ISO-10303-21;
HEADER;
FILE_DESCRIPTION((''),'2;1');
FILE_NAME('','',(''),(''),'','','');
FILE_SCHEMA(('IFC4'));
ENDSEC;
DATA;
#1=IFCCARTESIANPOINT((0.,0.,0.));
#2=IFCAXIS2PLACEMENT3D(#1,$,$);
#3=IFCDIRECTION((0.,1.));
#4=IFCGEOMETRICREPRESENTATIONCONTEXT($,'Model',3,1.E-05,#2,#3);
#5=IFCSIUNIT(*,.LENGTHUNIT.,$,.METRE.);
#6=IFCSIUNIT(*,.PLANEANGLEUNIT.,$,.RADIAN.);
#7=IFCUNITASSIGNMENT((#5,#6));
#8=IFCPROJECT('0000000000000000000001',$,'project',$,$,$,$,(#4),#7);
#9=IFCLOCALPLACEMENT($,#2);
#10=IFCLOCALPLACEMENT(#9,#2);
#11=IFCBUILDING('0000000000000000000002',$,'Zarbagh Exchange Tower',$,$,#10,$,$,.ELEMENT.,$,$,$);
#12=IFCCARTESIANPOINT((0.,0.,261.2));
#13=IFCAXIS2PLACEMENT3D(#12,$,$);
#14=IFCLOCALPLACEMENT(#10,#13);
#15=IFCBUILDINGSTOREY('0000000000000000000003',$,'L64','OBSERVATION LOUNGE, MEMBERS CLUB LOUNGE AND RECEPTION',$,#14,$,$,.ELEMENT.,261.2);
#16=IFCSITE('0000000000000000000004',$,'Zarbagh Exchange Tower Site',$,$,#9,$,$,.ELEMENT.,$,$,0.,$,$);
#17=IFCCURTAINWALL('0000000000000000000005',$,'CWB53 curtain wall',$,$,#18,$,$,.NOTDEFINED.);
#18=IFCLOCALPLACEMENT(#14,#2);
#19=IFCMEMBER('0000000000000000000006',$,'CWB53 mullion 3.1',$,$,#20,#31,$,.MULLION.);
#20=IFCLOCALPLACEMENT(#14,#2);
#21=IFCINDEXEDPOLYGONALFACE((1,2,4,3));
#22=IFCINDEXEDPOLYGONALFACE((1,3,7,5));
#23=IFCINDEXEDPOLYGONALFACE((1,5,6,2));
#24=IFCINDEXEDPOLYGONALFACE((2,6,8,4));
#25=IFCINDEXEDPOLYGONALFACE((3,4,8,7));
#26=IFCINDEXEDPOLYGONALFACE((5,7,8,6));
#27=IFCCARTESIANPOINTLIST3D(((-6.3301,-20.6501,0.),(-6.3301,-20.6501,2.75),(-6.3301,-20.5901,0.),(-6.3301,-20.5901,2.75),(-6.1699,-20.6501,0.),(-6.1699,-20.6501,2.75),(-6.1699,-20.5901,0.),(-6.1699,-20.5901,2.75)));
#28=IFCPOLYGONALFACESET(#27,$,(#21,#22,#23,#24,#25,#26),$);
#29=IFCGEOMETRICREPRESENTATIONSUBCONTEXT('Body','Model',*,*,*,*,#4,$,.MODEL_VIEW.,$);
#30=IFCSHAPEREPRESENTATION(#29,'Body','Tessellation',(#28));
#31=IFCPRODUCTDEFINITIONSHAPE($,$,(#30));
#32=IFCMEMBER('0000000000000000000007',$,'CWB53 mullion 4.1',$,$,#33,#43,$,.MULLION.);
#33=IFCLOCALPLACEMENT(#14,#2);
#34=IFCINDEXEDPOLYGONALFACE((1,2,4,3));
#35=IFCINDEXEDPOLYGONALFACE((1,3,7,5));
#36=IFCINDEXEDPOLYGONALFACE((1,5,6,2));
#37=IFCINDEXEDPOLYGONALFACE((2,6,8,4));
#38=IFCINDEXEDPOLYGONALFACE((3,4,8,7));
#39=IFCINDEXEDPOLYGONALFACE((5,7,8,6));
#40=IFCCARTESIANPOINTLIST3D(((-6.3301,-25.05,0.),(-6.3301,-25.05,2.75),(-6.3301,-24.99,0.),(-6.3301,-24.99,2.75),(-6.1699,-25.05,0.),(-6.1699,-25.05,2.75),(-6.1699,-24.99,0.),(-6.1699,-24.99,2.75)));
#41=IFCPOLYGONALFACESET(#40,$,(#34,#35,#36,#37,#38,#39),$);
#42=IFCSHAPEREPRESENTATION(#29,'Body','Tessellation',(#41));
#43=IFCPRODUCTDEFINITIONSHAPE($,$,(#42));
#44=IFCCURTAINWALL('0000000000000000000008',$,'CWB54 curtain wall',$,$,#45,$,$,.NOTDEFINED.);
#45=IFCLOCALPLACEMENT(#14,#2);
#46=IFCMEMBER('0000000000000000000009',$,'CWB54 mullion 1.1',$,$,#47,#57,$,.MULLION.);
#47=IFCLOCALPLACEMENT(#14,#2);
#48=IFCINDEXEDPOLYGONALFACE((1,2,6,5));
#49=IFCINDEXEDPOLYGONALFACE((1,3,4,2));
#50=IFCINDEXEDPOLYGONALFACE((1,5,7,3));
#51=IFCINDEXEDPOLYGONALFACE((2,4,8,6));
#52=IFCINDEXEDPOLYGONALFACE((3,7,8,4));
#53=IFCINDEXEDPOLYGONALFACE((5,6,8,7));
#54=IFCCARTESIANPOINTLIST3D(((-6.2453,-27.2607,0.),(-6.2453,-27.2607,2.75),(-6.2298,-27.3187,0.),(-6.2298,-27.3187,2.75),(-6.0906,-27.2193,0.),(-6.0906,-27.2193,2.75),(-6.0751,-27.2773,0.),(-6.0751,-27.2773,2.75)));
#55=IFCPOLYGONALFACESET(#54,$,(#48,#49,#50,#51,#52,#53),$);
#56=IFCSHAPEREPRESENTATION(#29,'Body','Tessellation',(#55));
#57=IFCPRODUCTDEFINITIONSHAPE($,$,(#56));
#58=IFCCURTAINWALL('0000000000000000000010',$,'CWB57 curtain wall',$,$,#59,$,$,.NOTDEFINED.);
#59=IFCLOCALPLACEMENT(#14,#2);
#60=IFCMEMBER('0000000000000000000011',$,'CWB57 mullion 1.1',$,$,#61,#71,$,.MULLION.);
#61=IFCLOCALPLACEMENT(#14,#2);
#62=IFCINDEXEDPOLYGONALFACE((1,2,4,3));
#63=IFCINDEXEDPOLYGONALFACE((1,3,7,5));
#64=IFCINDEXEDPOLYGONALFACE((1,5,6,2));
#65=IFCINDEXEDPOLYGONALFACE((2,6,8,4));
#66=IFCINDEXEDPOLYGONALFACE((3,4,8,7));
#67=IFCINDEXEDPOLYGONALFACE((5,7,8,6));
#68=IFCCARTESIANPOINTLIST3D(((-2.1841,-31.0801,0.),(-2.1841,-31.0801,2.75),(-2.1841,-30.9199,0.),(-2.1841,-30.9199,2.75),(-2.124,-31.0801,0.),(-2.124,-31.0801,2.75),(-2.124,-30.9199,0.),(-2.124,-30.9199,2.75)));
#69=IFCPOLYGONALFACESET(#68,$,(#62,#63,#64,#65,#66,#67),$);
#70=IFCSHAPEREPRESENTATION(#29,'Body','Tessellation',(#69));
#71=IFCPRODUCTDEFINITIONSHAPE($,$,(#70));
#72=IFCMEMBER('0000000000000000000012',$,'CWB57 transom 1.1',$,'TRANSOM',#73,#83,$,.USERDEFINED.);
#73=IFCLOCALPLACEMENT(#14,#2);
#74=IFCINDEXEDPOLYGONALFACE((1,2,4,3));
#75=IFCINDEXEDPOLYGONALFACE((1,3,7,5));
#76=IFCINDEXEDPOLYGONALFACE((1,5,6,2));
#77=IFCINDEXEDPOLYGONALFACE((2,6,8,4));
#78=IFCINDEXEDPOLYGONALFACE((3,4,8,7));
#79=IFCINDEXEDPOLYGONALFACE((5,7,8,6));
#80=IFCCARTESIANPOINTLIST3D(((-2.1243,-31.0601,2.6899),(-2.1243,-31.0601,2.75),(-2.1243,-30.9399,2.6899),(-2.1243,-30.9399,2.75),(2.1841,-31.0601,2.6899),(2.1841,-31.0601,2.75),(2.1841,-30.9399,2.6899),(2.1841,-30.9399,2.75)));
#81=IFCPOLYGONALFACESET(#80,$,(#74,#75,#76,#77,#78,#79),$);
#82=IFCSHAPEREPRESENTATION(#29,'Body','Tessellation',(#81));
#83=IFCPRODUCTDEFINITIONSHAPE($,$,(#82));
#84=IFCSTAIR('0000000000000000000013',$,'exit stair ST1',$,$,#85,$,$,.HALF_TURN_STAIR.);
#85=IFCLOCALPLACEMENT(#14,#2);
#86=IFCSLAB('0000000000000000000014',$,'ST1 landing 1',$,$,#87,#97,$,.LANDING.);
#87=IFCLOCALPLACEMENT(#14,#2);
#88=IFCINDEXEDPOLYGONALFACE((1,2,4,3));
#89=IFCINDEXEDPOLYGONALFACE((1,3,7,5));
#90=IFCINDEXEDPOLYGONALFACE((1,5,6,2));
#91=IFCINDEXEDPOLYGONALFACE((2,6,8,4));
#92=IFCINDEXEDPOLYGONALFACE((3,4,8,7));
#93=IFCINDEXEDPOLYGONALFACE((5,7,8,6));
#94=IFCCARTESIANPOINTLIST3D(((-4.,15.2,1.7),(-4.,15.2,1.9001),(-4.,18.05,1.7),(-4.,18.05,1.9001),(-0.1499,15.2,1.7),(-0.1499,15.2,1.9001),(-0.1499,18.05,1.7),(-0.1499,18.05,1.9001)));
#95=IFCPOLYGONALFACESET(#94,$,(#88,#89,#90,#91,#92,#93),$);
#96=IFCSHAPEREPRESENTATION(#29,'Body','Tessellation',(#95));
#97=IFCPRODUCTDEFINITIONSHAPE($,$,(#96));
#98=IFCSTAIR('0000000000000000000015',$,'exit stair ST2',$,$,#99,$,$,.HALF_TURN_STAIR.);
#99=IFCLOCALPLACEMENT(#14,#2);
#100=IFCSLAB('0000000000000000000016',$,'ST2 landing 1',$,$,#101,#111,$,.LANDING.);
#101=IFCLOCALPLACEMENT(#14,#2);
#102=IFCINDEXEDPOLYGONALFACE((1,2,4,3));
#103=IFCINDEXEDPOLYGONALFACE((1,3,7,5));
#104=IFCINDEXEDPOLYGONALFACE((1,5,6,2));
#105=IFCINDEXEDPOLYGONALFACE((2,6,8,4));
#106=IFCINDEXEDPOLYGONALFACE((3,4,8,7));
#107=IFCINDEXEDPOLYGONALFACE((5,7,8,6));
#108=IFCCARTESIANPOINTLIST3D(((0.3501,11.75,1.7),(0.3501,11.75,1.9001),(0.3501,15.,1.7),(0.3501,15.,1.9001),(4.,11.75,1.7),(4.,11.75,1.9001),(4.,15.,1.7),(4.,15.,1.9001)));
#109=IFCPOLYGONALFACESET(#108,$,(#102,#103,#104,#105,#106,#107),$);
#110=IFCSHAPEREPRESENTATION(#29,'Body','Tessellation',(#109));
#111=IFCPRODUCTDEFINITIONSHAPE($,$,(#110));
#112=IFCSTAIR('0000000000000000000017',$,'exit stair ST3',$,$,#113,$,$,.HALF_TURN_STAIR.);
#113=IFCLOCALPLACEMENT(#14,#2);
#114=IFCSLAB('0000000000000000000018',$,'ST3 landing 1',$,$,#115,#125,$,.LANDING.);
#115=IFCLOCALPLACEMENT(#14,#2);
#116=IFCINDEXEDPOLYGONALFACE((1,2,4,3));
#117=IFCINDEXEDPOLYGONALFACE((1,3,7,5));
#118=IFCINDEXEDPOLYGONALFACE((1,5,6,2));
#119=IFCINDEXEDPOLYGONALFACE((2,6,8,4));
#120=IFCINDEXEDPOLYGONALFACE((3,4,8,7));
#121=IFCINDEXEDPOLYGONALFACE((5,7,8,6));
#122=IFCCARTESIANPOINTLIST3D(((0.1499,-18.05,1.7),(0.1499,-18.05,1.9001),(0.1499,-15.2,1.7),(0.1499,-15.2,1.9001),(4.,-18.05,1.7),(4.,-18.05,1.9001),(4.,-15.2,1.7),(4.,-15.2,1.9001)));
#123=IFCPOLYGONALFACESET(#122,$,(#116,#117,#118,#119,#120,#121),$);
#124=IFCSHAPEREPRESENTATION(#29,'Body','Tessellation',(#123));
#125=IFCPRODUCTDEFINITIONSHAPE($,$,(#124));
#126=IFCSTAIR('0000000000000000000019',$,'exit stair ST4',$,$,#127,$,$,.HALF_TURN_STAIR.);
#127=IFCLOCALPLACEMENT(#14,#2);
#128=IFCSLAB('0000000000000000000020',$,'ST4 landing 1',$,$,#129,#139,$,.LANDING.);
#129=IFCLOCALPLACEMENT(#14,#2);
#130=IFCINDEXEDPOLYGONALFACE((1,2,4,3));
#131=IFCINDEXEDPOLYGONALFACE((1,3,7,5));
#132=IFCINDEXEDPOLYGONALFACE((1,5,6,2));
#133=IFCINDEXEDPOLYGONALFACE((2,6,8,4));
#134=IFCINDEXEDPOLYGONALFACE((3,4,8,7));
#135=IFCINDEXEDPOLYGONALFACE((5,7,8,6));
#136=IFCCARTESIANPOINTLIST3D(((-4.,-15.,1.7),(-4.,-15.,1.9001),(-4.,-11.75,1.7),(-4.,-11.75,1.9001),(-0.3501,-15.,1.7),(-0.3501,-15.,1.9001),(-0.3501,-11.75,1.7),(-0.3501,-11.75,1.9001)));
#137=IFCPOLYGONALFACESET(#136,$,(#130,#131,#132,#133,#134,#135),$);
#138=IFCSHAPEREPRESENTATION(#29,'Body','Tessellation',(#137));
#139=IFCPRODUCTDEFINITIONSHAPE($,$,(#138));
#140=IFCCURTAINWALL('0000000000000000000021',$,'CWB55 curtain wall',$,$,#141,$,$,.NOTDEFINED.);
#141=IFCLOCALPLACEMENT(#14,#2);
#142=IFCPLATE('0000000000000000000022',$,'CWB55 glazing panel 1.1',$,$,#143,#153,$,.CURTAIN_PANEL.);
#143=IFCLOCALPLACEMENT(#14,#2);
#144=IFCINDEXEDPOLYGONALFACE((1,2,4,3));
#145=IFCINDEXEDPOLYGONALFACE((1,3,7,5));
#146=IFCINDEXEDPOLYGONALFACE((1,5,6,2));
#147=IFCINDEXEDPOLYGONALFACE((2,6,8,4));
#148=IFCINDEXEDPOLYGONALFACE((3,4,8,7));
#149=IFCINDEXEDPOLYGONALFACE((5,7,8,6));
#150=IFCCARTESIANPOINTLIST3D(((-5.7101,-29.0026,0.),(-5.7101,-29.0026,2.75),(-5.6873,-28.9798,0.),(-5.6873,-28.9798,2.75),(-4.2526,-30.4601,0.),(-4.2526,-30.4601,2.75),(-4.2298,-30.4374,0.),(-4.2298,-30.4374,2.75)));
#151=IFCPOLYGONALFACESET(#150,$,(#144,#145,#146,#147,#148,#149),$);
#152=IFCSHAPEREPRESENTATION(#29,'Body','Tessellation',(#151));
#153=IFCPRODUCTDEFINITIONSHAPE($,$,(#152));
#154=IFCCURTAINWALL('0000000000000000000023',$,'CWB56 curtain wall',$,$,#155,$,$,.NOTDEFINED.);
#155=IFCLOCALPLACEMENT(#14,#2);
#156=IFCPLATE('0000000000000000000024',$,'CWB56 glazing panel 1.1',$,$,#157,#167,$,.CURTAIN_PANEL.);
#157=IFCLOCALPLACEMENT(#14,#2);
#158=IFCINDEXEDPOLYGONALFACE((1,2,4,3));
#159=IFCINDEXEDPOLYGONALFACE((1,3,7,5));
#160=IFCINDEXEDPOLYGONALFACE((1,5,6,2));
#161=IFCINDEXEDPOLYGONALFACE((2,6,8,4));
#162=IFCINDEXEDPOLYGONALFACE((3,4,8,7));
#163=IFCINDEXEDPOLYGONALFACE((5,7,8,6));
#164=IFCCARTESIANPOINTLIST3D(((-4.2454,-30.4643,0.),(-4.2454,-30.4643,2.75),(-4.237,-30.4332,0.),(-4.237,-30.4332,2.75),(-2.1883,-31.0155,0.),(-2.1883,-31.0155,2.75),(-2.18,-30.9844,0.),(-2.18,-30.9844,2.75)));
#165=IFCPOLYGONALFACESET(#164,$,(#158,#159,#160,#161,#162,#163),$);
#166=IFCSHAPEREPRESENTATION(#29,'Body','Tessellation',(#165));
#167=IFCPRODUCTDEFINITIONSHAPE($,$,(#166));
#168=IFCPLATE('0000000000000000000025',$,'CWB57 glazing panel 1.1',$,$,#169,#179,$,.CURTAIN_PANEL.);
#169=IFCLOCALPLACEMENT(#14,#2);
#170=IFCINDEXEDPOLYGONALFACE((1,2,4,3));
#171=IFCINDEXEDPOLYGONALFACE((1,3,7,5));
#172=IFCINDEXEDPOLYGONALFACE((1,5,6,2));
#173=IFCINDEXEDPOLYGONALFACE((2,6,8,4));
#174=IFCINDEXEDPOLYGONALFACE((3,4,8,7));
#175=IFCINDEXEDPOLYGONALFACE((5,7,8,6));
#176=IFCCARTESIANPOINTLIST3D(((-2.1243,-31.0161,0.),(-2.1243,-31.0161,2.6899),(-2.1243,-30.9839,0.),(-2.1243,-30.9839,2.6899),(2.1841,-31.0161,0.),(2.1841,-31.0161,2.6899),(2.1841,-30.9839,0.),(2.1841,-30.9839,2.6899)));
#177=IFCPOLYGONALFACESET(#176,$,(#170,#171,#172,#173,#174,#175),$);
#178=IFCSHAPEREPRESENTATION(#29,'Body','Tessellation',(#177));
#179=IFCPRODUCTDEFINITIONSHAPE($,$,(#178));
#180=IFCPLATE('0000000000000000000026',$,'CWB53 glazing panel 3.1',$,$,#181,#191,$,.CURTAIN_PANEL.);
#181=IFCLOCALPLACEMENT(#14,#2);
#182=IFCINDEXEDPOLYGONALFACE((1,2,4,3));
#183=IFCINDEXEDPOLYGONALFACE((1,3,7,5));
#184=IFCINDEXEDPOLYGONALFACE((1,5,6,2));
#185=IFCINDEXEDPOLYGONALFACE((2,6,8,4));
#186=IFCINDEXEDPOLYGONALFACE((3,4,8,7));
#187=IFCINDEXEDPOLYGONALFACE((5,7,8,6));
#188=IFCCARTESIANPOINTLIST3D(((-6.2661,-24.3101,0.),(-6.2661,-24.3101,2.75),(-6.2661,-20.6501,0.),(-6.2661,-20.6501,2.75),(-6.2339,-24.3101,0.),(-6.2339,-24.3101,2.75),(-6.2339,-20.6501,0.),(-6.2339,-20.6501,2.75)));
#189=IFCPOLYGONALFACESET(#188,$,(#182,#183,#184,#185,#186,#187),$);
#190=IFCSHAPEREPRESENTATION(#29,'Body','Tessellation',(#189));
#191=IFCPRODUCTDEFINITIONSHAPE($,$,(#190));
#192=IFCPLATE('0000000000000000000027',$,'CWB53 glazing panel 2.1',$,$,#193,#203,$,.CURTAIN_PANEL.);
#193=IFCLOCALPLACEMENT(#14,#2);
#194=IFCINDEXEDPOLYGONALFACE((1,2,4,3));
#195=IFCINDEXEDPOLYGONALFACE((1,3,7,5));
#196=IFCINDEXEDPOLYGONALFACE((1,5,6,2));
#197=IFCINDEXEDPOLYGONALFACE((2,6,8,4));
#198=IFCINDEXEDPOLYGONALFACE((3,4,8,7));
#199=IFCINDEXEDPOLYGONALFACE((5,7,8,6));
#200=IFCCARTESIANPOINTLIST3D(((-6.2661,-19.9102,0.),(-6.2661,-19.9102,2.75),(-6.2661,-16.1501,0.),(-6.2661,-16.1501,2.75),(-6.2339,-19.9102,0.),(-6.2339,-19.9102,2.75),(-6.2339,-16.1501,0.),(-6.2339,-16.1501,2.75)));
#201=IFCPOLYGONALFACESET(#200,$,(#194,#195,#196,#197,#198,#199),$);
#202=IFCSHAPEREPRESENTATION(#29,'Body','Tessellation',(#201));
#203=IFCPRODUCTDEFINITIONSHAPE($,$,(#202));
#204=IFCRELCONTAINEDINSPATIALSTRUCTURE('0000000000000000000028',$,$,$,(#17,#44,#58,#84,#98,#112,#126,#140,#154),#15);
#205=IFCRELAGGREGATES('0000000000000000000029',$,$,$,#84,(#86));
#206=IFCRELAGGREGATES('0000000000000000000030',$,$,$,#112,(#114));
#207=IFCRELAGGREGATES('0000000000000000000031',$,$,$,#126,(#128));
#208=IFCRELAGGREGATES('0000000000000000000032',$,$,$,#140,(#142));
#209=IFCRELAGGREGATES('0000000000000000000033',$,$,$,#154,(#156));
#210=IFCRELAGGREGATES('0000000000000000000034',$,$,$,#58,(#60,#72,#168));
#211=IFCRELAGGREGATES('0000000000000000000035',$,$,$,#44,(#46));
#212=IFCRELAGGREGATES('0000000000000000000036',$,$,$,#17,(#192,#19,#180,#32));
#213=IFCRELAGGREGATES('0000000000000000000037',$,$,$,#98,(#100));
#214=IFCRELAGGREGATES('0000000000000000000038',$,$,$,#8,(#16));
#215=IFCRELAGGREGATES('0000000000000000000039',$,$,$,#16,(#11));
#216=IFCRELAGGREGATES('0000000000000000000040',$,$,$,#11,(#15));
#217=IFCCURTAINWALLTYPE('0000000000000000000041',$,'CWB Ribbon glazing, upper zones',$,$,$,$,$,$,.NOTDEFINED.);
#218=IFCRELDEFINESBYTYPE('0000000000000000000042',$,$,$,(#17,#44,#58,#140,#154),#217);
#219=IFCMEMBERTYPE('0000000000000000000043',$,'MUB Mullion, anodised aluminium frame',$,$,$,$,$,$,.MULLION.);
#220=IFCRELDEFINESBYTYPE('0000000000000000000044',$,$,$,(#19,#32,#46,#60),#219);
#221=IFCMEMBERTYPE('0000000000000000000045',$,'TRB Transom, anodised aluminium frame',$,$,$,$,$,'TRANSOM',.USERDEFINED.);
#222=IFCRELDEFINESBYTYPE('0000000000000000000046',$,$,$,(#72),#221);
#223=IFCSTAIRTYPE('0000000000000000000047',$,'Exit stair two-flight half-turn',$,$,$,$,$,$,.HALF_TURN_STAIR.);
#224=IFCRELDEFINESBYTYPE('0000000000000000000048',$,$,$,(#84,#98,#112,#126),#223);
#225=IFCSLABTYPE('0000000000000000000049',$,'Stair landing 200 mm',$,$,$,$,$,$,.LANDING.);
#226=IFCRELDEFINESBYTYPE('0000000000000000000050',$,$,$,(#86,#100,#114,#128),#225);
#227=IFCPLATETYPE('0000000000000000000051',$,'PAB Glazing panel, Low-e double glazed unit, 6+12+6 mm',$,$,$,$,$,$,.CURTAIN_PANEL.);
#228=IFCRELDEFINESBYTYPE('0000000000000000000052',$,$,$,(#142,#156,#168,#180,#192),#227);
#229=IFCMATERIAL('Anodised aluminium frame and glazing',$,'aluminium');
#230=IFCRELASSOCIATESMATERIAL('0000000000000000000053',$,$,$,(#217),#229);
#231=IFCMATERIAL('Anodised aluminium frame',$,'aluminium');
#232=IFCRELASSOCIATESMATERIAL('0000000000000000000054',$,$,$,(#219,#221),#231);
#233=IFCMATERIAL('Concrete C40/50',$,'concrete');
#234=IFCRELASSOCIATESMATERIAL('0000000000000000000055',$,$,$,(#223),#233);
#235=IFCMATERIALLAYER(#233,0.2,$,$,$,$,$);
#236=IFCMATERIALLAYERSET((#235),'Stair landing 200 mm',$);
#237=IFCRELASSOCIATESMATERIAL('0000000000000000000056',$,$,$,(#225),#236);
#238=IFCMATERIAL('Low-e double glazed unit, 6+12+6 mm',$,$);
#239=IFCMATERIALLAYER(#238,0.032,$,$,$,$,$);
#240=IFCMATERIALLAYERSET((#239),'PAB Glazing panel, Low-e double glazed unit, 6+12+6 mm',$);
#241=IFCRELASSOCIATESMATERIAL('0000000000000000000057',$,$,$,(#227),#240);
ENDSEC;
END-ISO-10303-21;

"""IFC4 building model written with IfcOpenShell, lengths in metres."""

from ifc_helpers import new_model, si_unit, direction, frame, origin, place, context, subcontext, project, spatial, polyline, outline, extrude, source, transform, mapped, material, layer, layer_set, type_object, element, aggregate, save


model = new_model("IFC4")

# Units and contexts
model_context = context("Model", 3, precision=1e-05, world=origin(), true_north=direction((0.0, 1.0)))
body_context = subcontext(model_context, "Body", "Model", "MODEL_VIEW")
ifc_project = project(units=[si_unit("LENGTHUNIT", "METRE"), si_unit("PLANEANGLEUNIT", "RADIAN")], contexts=[model_context])

# Site, building, storey
site_placement = place(None, origin())
site = spatial("IfcSite", under=ifc_project, at=site_placement, Name="Zarbagh Exchange Tower Site", CompositionType="ELEMENT", RefElevation=0.0)
building_placement = place(site_placement, origin())
building = spatial("IfcBuilding", under=site, at=building_placement, Name="Zarbagh Exchange Tower", CompositionType="ELEMENT")
storey_placement = place(building_placement, frame((0.0, 0.0, 261.2)))
storey = spatial("IfcBuildingStorey", under=building, at=storey_placement, Name="L64", Description="OBSERVATION LOUNGE, MEMBERS CLUB LOUNGE AND RECEPTION", CompositionType="ELEMENT", Elevation=261.2)

# Curtain wall, members
ifc_material_1 = material(Name="Anodised aluminium frame and glazing", Category="aluminium")
curtain_wall_type = type_object("IfcCurtainWallType", Name="CWB Ribbon glazing, upper zones", PredefinedType="NOTDEFINED", material=ifc_material_1)
curtain_wall_1_placement = place(storey_placement, origin())
curtain_wall_1 = element("IfcCurtainWall", 1, at=curtain_wall_1_placement, inside=storey, type_object=curtain_wall_type, Name="CWB53 curtain wall", PredefinedType="NOTDEFINED")
ifc_material_2 = material(Name="Anodised aluminium frame", Category="aluminium")
member_type_1 = type_object("IfcMemberType", Name="MUB Mullion, anodised aluminium frame", PredefinedType="MULLION", material=ifc_material_2)
shared_shape_1 = source(origin(), body_context, "Body", "SweptSolid", [
    extrude(outline(polyline([(0.0, -0.0801), (0.0601, -0.0801), (0.0601, 0.0801), (0.0, 0.0801), (0.0, -0.0801)])), origin(), (0.0, 0.0, 1.0), 2.75),
])
placement = place(storey_placement, origin())
member_1 = element("IfcMember", 2, at=placement, type_object=member_type_1, Name="CWB53 mullion 3.1", PredefinedType="MULLION", context=body_context, shape_type="MappedRepresentation", body=[
    mapped(shared_shape_1, transform((-6.25, -20.5901, 0.0), x_axis=(0.0, -1.0, 0.0), y_axis=(1.0, 0.0, 0.0), z_axis=(0.0, 0.0, 1.0))),
])
member_2 = element("IfcMember", 3, at=placement, type_object=member_type_1, Name="CWB53 mullion 4.1", PredefinedType="MULLION", context=body_context, shape_type="MappedRepresentation", body=[
    mapped(shared_shape_1, transform((-6.25, -24.99, 0.0), x_axis=(0.0, -1.0, 0.0), y_axis=(1.0, 0.0, 0.0), z_axis=(0.0, 0.0, 1.0))),
])

# Curtain wall, member
curtain_wall_2_placement = place(storey_placement, origin())
curtain_wall_2 = element("IfcCurtainWall", 4, at=curtain_wall_2_placement, inside=storey, type_object=curtain_wall_type, Name="CWB54 curtain wall", PredefinedType="NOTDEFINED")
member_3 = element("IfcMember", 5, at=placement, type_object=member_type_1, Name="CWB54 mullion 1.1", PredefinedType="MULLION", context=body_context, shape_type="MappedRepresentation", body=[
    mapped(shared_shape_1, transform((-6.168, -27.24, 0.0), x_axis=(0.258825, -0.965924, 0.0), y_axis=(0.965924, 0.258825, 0.0), z_axis=(0.0, 0.0, 1.0))),
])

# Curtain wall, members
curtain_wall_3_placement = place(storey_placement, origin())
curtain_wall_3 = element("IfcCurtainWall", 6, at=curtain_wall_3_placement, inside=storey, type_object=curtain_wall_type, Name="CWB57 curtain wall", PredefinedType="NOTDEFINED")
member_4 = element("IfcMember", 7, at=placement, type_object=member_type_1, Name="CWB57 mullion 1.1", PredefinedType="MULLION", context=body_context, shape_type="MappedRepresentation", body=[
    mapped(shared_shape_1, transform((-2.1841, -31.0, 0.0), x_axis=(1.0, 0.0, 0.0), y_axis=(0.0, 1.0, 0.0), z_axis=(0.0, 0.0, 1.0))),
])
member_type_2 = type_object("IfcMemberType", Name="TRB Transom, anodised aluminium frame", ElementType="TRANSOM", PredefinedType="USERDEFINED", material=ifc_material_2)
shared_shape_2 = source(origin(), body_context, "Body", "SweptSolid", [
    extrude(outline(polyline([(-0.0601, -0.0601), (0.0, -0.0601), (0.0, 0.0601), (-0.0601, 0.0601), (-0.0601, -0.0601)])), origin(), (0.0, 0.0, 1.0), 4.3083),
])
member_5 = element("IfcMember", 8, at=placement, type_object=member_type_2, Name="CWB57 transom 1.1", ObjectType="TRANSOM", PredefinedType="USERDEFINED", context=body_context, shape_type="MappedRepresentation", body=[
    mapped(shared_shape_2, transform((-2.1243, -31.0, 2.75), x_axis=(0.0, 0.0, 1.0), y_axis=(0.0, -1.0, 0.0), z_axis=(1.0, 0.0, 0.0))),
])

# Stairs, slabs
ifc_material_3 = material(Name="Concrete C40/50", Category="concrete")
stair_type = type_object("IfcStairType", Name="Exit stair two-flight half-turn", PredefinedType="HALF_TURN_STAIR", material=ifc_material_3)
stair_1_placement = place(storey_placement, origin())
stair_1 = element("IfcStair", 9, at=stair_1_placement, inside=storey, type_object=stair_type, Name="exit stair ST1", PredefinedType="HALF_TURN_STAIR")
ifc_layer_1 = layer(ifc_material_3, 0.2)
ifc_layer_set_1 = layer_set([ifc_layer_1], Name="Stair landing 200 mm")
slab_type = type_object("IfcSlabType", Name="Stair landing 200 mm", PredefinedType="LANDING", material=ifc_layer_set_1)
slab_1_placement = place(storey_placement, frame((0.0, 0.0, 1.7)))
slab_1 = element("IfcSlab", 10, at=slab_1_placement, type_object=slab_type, Name="ST1 landing 1", PredefinedType="LANDING", context=body_context, shape_type="SweptSolid", body=[
    extrude(outline(polyline([(-0.1499, 18.05), (-4.0, 18.05), (-4.0, 15.2), (-0.1499, 15.2), (-0.1499, 18.05)])), origin(), (0.0, 0.0, 1.0), 0.2002),
])
aggregate(stair_1, [slab_1])
stair_2_placement = place(storey_placement, origin())
stair_2 = element("IfcStair", 11, at=stair_2_placement, inside=storey, type_object=stair_type, Name="exit stair ST2", PredefinedType="HALF_TURN_STAIR")
slab_2_placement = place(storey_placement, frame((0.0, 0.0, 1.7)))
slab_2 = element("IfcSlab", 12, at=slab_2_placement, type_object=slab_type, Name="ST2 landing 1", PredefinedType="LANDING", context=body_context, shape_type="SweptSolid", body=[
    extrude(outline(polyline([(0.3501, 11.75), (4.0, 11.75), (4.0, 15.0), (0.3501, 15.0), (0.3501, 11.75)])), origin(), (0.0, 0.0, 1.0), 0.2002),
])
stair_3_placement = place(storey_placement, origin())
stair_3 = element("IfcStair", 13, at=stair_3_placement, inside=storey, type_object=stair_type, Name="exit stair ST3", PredefinedType="HALF_TURN_STAIR")
slab_3_placement = place(storey_placement, frame((0.0, 0.0, 1.7)))
slab_3 = element("IfcSlab", 14, at=slab_3_placement, type_object=slab_type, Name="ST3 landing 1", PredefinedType="LANDING", context=body_context, shape_type="SweptSolid", body=[
    extrude(outline(polyline([(0.1499, -18.05), (4.0, -18.05), (4.0, -15.2), (0.1499, -15.2), (0.1499, -18.05)])), origin(), (0.0, 0.0, 1.0), 0.2002),
])
aggregate(stair_3, [slab_3])
stair_4_placement = place(storey_placement, origin())
stair_4 = element("IfcStair", 15, at=stair_4_placement, inside=storey, type_object=stair_type, Name="exit stair ST4", PredefinedType="HALF_TURN_STAIR")
slab_4_placement = place(storey_placement, frame((0.0, 0.0, 1.7)))
slab_4 = element("IfcSlab", 16, at=slab_4_placement, type_object=slab_type, Name="ST4 landing 1", PredefinedType="LANDING", context=body_context, shape_type="SweptSolid", body=[
    extrude(outline(polyline([(-0.3501, -11.75), (-4.0, -11.75), (-4.0, -15.0), (-0.3501, -15.0), (-0.3501, -11.75)])), origin(), (0.0, 0.0, 1.0), 0.2002),
])
aggregate(stair_4, [slab_4])

# Curtain walls, plates
curtain_wall_4_placement = place(storey_placement, origin())
curtain_wall_4 = element("IfcCurtainWall", 17, at=curtain_wall_4_placement, inside=storey, type_object=curtain_wall_type, Name="CWB55 curtain wall", PredefinedType="NOTDEFINED")
ifc_material_4 = material(Name="Low-e double glazed unit, 6+12+6 mm")
ifc_layer_2 = layer(ifc_material_4, 0.032)
ifc_layer_set_2 = layer_set([ifc_layer_2], Name="PAB Glazing panel, Low-e double glazed unit, 6+12+6 mm")
plate_type = type_object("IfcPlateType", Name="PAB Glazing panel, Low-e double glazed unit, 6+12+6 mm", PredefinedType="CURTAIN_PANEL", material=ifc_layer_set_2)
shared_shape_3 = source(origin(), body_context, "Body", "SweptSolid", [
    extrude(outline(polyline([(0.0, -0.0161), (2.0613, -0.0161), (2.0613, 0.0161), (0.0, 0.0161), (0.0, -0.0161)])), origin(), (0.0, 0.0, 1.0), 2.75),
])
plate_1 = element("IfcPlate", 18, at=placement, type_object=plate_type, Name="CWB55 glazing panel 1.1", PredefinedType="CURTAIN_PANEL", context=body_context, shape_type="MappedRepresentation", body=[
    mapped(shared_shape_3, transform((-5.6987, -28.9912, 0.0), x_axis=(0.707107, -0.707107, 0.0), y_axis=(0.707107, 0.707107, 0.0), z_axis=(0.0, 0.0, 1.0))),
])
aggregate(curtain_wall_4, [plate_1])
curtain_wall_5_placement = place(storey_placement, origin())
curtain_wall_5 = element("IfcCurtainWall", 19, at=curtain_wall_5_placement, inside=storey, type_object=curtain_wall_type, Name="CWB56 curtain wall", PredefinedType="NOTDEFINED")
shared_shape_4 = source(origin(), body_context, "Body", "SweptSolid", [
    extrude(outline(polyline([(0.0, -0.0161), (2.1296, -0.0161), (2.1296, 0.0161), (0.0, 0.0161), (0.0, -0.0161)])), origin(), (0.0, 0.0, 1.0), 2.75),
])
plate_2 = element("IfcPlate", 20, at=placement, type_object=plate_type, Name="CWB56 glazing panel 1.1", PredefinedType="CURTAIN_PANEL", context=body_context, shape_type="MappedRepresentation", body=[
    mapped(shared_shape_4, transform((-4.2412, -30.4487, 0.0), x_axis=(0.965924, -0.258825, 0.0), y_axis=(0.258825, 0.965924, 0.0), z_axis=(0.0, 0.0, 1.0))),
])
aggregate(curtain_wall_5, [plate_2])

# Plates
shared_shape_5 = source(origin(), body_context, "Body", "SweptSolid", [
    extrude(outline(polyline([(0.0, -0.0161), (4.3083, -0.0161), (4.3083, 0.0161), (0.0, 0.0161), (0.0, -0.0161)])), origin(), (0.0, 0.0, 1.0), 2.6899),
])
plate_3 = element("IfcPlate", 21, at=placement, type_object=plate_type, Name="CWB57 glazing panel 1.1", PredefinedType="CURTAIN_PANEL", context=body_context, shape_type="MappedRepresentation", body=[
    mapped(shared_shape_5, transform((-2.1243, -31.0, 0.0), x_axis=(1.0, 0.0, 0.0), y_axis=(0.0, 1.0, 0.0), z_axis=(0.0, 0.0, 1.0))),
])
aggregate(curtain_wall_3, [member_4, member_5, plate_3])
shared_shape_6 = source(origin(), body_context, "Body", "SweptSolid", [
    extrude(outline(polyline([(0.0, -0.0161), (3.6599, -0.0161), (3.6599, 0.0161), (0.0, 0.0161), (0.0, -0.0161)])), origin(), (0.0, 0.0, 1.0), 2.75),
])
plate_4 = element("IfcPlate", 22, at=placement, type_object=plate_type, Name="CWB53 glazing panel 3.1", PredefinedType="CURTAIN_PANEL", context=body_context, shape_type="MappedRepresentation", body=[
    mapped(shared_shape_6, transform((-6.25, -20.6501, 0.0), x_axis=(0.0, -1.0, 0.0), y_axis=(1.0, 0.0, 0.0), z_axis=(0.0, 0.0, 1.0))),
])
shared_shape_7 = source(origin(), body_context, "Body", "SweptSolid", [
    extrude(outline(polyline([(0.0, -0.0161), (3.76, -0.0161), (3.76, 0.0161), (0.0, 0.0161), (0.0, -0.0161)])), origin(), (0.0, 0.0, 1.0), 2.75),
])
plate_5 = element("IfcPlate", 23, at=placement, type_object=plate_type, Name="CWB53 glazing panel 2.1", PredefinedType="CURTAIN_PANEL", context=body_context, shape_type="MappedRepresentation", body=[
    mapped(shared_shape_7, transform((-6.25, -16.1501, 0.0), x_axis=(0.0, -1.0, 0.0), y_axis=(1.0, 0.0, 0.0), z_axis=(0.0, 0.0, 1.0))),
])
aggregate(curtain_wall_2, [member_3])
aggregate(curtain_wall_1, [plate_5, member_1, plate_4, member_2])

aggregate(stair_2, [slab_2])

save(model, "model.ifc")
